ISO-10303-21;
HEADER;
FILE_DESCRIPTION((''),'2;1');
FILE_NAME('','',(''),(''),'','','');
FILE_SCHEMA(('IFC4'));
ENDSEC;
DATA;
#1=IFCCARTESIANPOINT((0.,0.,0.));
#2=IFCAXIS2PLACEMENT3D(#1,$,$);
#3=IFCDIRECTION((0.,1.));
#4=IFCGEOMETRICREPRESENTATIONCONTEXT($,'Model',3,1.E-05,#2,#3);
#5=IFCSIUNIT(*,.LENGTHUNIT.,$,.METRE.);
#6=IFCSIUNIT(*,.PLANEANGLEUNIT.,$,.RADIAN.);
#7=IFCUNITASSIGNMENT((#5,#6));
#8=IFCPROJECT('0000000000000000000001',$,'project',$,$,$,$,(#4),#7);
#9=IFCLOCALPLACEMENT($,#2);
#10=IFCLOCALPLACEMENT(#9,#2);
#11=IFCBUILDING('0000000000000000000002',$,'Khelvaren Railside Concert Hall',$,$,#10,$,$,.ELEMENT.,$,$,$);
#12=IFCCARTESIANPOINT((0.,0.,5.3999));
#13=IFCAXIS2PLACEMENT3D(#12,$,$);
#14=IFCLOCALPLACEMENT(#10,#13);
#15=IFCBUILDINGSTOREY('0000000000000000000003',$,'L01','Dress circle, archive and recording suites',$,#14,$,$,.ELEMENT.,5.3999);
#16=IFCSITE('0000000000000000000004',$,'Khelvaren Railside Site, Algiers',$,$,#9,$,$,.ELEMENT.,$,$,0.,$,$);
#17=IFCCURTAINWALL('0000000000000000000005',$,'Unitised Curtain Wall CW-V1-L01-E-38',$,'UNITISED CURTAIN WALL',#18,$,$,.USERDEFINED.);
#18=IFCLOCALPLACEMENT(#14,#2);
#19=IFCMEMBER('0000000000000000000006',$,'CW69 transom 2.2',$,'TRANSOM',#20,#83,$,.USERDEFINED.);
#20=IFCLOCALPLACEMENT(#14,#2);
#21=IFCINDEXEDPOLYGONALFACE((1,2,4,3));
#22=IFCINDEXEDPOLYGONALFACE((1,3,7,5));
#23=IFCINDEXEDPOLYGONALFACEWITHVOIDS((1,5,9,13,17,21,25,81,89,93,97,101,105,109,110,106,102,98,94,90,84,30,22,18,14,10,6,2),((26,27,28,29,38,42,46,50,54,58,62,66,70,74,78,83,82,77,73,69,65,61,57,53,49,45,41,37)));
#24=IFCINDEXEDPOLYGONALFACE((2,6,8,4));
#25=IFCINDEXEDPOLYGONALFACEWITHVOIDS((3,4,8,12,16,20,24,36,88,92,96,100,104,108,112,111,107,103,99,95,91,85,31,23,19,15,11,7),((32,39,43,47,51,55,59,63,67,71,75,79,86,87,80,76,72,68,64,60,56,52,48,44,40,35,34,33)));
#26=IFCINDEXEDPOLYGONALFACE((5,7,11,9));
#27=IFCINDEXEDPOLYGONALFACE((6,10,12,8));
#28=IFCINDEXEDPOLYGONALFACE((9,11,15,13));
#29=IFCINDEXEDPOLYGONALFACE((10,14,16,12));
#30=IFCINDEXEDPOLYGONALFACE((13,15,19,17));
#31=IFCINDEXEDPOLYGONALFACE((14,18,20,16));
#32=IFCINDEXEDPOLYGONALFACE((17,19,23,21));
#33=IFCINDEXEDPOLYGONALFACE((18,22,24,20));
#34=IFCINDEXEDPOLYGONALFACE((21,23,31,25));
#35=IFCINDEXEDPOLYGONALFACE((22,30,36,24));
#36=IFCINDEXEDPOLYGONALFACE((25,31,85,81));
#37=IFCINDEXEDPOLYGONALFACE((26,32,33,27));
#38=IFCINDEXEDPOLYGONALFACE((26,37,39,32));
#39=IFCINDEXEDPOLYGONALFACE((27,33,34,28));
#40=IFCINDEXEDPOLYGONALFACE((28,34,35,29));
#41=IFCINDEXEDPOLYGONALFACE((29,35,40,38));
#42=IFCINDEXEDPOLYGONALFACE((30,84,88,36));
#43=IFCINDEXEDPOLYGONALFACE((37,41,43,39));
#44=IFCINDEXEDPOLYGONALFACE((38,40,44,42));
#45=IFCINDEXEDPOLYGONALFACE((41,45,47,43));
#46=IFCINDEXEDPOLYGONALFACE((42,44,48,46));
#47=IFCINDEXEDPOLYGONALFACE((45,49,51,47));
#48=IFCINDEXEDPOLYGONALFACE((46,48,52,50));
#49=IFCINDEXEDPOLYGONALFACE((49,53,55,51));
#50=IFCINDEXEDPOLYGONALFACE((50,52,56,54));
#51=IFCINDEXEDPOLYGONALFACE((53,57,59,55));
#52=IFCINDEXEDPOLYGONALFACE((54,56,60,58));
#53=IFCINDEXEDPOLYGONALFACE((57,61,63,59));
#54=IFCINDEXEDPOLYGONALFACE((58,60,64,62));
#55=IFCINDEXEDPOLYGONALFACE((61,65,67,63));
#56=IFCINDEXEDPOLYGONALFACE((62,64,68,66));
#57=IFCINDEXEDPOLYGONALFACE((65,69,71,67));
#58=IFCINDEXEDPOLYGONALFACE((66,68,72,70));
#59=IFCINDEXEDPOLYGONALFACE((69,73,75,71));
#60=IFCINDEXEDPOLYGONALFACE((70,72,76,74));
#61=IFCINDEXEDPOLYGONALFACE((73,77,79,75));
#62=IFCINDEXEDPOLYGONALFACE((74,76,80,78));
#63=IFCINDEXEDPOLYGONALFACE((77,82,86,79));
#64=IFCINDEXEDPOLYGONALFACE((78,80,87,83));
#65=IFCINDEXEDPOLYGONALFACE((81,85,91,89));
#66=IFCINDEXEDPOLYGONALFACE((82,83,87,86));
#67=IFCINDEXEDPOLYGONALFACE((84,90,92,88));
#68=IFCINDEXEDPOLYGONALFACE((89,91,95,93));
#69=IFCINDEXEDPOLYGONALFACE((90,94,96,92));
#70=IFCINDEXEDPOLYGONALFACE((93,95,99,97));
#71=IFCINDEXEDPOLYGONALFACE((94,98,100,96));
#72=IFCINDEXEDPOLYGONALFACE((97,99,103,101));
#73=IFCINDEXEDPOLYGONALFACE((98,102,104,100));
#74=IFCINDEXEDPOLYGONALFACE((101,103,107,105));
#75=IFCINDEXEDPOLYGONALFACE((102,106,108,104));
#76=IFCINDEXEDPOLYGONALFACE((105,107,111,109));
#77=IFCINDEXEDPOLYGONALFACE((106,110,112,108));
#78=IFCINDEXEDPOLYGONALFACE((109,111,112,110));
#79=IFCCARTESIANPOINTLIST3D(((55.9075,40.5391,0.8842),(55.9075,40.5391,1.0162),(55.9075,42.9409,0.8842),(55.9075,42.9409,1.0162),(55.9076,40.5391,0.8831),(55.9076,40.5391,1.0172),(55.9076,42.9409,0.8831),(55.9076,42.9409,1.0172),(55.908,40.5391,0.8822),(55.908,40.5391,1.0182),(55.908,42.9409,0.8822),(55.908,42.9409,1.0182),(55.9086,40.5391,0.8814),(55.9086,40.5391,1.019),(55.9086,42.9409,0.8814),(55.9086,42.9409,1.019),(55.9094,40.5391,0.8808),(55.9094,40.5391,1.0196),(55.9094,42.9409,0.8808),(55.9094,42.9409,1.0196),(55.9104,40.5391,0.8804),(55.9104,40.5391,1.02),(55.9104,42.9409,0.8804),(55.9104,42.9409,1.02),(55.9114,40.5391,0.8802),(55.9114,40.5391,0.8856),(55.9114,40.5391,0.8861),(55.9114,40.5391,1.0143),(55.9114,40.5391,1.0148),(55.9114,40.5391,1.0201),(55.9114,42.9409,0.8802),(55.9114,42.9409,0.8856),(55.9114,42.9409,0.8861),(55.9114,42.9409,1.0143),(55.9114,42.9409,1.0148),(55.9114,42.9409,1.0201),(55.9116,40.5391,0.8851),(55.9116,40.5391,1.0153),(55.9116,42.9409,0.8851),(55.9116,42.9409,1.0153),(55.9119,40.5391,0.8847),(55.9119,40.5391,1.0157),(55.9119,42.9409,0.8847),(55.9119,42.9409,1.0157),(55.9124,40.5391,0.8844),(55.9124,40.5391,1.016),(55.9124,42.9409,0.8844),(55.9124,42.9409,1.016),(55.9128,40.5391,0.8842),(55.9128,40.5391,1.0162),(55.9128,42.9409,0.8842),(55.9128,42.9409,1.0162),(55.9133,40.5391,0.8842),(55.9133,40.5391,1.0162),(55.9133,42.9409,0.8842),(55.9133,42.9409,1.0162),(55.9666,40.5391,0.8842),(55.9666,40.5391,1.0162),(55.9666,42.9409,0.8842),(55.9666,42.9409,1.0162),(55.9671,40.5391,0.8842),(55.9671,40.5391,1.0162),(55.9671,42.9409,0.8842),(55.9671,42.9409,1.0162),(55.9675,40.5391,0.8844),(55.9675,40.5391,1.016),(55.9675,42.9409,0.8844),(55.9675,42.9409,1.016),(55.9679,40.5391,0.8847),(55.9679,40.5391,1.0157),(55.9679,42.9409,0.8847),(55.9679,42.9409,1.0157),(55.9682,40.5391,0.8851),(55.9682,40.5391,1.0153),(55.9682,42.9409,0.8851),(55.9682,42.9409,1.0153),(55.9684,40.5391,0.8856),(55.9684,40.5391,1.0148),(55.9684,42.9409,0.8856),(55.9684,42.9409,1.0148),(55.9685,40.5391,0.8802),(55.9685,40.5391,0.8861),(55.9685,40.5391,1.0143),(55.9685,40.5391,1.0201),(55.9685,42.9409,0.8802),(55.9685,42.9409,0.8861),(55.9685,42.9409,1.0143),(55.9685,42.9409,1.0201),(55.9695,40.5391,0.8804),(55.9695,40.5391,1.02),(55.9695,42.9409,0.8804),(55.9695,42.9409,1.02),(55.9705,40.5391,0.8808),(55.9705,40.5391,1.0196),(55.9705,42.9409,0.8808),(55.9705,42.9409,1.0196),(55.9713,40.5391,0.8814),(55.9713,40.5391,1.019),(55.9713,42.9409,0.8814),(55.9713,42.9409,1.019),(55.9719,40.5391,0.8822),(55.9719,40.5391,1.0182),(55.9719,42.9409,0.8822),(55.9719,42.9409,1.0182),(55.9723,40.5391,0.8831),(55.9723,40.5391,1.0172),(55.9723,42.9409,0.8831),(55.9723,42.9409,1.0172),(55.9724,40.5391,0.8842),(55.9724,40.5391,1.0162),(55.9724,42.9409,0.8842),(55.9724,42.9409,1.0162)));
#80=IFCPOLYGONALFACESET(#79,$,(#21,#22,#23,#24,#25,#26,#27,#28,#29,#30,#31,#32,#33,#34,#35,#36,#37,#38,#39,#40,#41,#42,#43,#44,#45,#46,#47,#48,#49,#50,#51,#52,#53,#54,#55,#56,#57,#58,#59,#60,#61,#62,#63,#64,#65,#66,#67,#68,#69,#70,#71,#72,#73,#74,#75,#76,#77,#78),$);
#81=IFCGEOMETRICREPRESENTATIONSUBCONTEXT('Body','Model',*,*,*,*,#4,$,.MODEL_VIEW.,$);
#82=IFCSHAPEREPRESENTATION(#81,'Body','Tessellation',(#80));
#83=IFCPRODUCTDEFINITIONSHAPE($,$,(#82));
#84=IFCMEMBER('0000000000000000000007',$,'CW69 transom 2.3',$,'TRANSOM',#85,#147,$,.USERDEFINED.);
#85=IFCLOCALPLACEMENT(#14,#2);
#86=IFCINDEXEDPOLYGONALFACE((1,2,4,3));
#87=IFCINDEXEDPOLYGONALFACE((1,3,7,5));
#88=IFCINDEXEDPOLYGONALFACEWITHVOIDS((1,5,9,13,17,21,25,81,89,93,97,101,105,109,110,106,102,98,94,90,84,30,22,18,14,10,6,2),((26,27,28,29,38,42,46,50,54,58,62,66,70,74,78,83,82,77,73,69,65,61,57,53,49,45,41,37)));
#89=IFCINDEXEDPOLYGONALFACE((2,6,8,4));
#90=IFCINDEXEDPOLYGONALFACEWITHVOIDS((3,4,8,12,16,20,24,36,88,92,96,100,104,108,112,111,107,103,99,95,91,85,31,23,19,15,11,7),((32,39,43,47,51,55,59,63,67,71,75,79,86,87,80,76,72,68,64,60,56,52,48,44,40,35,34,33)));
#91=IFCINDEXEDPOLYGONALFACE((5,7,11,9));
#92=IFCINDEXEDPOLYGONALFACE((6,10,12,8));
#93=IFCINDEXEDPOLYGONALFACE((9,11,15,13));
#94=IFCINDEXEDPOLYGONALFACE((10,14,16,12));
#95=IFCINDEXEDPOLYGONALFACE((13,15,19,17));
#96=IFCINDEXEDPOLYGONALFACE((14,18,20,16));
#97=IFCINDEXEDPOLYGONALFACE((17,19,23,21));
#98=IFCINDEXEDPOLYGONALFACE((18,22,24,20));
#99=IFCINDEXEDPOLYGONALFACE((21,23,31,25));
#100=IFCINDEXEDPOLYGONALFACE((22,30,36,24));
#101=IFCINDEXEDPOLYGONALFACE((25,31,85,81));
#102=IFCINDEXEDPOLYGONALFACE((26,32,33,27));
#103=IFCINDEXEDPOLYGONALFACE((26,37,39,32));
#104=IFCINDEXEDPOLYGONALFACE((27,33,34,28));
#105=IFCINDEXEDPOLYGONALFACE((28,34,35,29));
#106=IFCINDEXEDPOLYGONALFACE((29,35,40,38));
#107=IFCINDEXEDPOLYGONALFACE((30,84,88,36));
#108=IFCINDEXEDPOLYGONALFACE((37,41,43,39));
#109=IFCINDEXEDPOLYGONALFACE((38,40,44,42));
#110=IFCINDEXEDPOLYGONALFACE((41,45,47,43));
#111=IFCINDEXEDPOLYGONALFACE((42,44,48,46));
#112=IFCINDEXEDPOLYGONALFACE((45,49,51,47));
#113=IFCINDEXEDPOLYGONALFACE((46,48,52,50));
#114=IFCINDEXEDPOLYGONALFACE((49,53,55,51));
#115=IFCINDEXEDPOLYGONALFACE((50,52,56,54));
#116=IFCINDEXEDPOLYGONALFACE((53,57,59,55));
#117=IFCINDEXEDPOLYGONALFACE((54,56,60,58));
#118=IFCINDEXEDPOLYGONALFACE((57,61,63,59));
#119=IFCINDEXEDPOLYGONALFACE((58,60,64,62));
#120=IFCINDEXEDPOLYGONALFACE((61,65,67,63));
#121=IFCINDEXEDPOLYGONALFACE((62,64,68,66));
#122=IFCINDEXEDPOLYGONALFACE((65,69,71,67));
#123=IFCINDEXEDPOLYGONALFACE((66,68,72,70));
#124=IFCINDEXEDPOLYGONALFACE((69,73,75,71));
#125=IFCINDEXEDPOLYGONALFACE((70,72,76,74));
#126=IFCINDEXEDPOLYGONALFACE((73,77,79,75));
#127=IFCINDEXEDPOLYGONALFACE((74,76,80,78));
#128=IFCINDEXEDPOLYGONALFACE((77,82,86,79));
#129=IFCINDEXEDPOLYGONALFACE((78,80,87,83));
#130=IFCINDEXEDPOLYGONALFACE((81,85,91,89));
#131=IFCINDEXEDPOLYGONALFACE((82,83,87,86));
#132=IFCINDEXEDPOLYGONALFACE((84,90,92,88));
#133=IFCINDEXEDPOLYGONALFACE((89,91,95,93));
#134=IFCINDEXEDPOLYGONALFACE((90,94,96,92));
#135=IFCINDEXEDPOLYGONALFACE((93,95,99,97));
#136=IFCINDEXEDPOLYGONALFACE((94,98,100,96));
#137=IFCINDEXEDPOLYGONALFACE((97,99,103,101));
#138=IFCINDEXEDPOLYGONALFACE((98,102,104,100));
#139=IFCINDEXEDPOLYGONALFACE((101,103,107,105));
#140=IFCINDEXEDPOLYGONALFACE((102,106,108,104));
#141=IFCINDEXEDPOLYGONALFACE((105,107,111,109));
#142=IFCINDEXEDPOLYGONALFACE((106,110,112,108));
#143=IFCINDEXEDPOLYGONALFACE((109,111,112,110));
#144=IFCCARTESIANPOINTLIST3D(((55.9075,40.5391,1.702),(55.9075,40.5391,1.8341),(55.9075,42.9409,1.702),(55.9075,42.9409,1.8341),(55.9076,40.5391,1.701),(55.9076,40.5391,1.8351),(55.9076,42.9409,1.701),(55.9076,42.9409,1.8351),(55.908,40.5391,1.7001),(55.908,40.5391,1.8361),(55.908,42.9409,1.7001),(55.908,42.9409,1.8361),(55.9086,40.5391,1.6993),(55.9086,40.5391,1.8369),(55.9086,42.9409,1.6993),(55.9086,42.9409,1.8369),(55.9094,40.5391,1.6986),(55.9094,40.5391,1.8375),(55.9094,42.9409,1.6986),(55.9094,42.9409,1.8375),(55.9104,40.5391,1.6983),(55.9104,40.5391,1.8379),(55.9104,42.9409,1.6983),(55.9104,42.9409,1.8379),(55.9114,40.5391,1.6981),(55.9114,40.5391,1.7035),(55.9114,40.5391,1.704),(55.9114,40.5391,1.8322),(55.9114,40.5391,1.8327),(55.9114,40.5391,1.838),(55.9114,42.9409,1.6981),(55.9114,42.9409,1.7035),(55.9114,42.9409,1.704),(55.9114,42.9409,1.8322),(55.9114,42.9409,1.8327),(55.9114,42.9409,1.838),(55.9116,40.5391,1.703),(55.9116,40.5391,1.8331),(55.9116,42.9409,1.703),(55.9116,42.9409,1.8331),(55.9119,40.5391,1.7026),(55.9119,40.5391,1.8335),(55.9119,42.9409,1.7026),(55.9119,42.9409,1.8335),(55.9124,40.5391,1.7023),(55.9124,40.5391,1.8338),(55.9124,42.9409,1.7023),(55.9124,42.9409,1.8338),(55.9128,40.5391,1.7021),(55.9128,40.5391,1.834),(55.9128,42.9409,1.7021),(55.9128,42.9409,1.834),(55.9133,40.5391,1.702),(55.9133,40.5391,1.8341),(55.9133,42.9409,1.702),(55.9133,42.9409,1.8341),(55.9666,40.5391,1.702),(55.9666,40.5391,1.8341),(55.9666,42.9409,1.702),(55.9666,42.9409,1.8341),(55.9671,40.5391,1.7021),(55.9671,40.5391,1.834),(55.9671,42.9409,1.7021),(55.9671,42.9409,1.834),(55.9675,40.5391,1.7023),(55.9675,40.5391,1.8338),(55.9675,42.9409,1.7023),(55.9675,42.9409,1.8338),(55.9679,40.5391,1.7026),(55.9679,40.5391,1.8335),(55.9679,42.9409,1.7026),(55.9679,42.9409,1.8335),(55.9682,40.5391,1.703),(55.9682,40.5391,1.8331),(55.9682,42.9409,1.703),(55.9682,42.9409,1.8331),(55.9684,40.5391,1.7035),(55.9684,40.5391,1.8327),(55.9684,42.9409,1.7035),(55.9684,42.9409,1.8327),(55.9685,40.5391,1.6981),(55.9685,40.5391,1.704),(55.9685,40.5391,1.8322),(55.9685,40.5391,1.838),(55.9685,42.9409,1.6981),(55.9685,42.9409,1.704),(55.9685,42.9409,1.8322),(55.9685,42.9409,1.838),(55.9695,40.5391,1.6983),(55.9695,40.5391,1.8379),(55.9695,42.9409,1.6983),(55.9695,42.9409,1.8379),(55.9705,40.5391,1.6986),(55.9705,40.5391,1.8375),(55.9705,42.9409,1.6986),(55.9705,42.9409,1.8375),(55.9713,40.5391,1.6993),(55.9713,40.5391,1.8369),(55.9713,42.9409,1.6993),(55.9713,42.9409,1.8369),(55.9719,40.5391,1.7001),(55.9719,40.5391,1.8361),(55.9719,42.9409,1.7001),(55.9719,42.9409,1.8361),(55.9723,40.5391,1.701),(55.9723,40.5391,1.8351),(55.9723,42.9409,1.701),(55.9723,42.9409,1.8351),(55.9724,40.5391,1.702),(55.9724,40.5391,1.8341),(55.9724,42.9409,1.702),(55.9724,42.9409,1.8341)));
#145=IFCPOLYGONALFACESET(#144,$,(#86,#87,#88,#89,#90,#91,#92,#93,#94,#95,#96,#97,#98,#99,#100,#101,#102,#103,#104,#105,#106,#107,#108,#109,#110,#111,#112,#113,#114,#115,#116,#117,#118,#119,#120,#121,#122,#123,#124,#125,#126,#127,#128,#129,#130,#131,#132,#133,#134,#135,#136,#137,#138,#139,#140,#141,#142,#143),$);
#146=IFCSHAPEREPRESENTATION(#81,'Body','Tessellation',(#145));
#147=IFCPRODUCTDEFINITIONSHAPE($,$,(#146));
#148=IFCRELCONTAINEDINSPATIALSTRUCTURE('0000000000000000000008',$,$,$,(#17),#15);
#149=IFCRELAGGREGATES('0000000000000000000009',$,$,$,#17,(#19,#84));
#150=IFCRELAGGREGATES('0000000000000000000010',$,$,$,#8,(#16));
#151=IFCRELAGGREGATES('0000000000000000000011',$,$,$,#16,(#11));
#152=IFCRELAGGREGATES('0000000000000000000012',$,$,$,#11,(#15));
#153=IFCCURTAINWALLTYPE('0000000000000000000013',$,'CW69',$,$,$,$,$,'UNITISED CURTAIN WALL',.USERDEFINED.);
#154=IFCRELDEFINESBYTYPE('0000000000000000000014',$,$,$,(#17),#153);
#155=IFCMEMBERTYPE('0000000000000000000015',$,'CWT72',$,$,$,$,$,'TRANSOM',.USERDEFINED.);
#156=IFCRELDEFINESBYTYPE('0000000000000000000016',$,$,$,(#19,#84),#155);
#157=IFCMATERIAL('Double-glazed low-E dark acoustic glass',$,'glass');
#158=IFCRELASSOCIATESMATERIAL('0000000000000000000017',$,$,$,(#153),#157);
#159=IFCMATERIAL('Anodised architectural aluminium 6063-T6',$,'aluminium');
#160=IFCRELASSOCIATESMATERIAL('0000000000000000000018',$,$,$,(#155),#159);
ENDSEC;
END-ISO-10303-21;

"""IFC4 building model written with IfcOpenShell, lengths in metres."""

from ifc_helpers import new_model, si_unit, direction, frame, origin, origin_2d, place, context, subcontext, project, spatial, hollow_rectangle, extrude, material, material_profile, profile_set, type_object, element, aggregate, save


model = new_model("IFC4")

# Units and contexts
model_context = context("Model", 3, precision=1e-05, world=origin(), true_north=direction((0.0, 1.0)))
body_context = subcontext(model_context, "Body", "Model", "MODEL_VIEW")
ifc_project = project(units=[si_unit("LENGTHUNIT", "METRE"), si_unit("PLANEANGLEUNIT", "RADIAN")], contexts=[model_context])

# Site, building, storey
site_placement = place(None, origin())
site = spatial("IfcSite", under=ifc_project, at=site_placement, Name="Khelvaren Railside Site, Algiers", CompositionType="ELEMENT", RefElevation=0.0)
building_placement = place(site_placement, origin())
building = spatial("IfcBuilding", under=site, at=building_placement, Name="Khelvaren Railside Concert Hall", CompositionType="ELEMENT")
storey_placement = place(building_placement, frame((0.0, 0.0, 5.3999)))
storey = spatial("IfcBuildingStorey", under=building, at=storey_placement, Name="L01", Description="Dress circle, archive and recording suites", CompositionType="ELEMENT", Elevation=5.3999)

# Curtain wall, members
ifc_material_1 = material(Name="Double-glazed low-E dark acoustic glass", Category="glass")
curtain_wall_type = type_object("IfcCurtainWallType", Name="CW69", ElementType="UNITISED CURTAIN WALL", PredefinedType="USERDEFINED", material=ifc_material_1)
curtain_wall_placement = place(storey_placement, origin())
curtain_wall = element("IfcCurtainWall", 1, at=curtain_wall_placement, inside=storey, type_object=curtain_wall_type, Name="Unitised Curtain Wall CW-V1-L01-E-38", ObjectType="UNITISED CURTAIN WALL", PredefinedType="USERDEFINED")
ifc_material_2 = material(Name="Anodised architectural aluminium 6063-T6", Category="aluminium")
ifc_material_profile_1 = material_profile(ifc_material_2, hollow_rectangle(XDim=0.0649, YDim=0.1399, WallThickness=0.0039, InnerFilletRadius=0.002, OuterFilletRadius=0.0039, at=origin_2d()), Name="CWT 65x140x4")
ifc_profile_set_1 = profile_set([ifc_material_profile_1], Name="Anodised architectural aluminium 6063-T6")
member_type_1 = type_object("IfcMemberType", Name="CWT72", ElementType="TRANSOM", PredefinedType="USERDEFINED", material=ifc_profile_set_1)
member_1_placement = place(storey_placement, frame((55.9399, 42.9409, 0.9502), z_axis=(0.0, -1.0, 0.0), x_axis=(1.0, 0.0, 0.0)))
member_1 = element("IfcMember", 2, at=member_1_placement, type_object=member_type_1, Name="CW69 transom 2.2", ObjectType="TRANSOM", PredefinedType="USERDEFINED", context=body_context, shape_type="SweptSolid", body=[
    extrude(hollow_rectangle(XDim=0.0649, YDim=0.1399, WallThickness=0.0039, InnerFilletRadius=0.002, OuterFilletRadius=0.0039, at=origin_2d()), origin(), (0.0, 0.0, 1.0), 2.4019),
])
member_2_placement = place(storey_placement, frame((55.9399, 42.9409, 1.7681), z_axis=(0.0, -1.0, 0.0), x_axis=(1.0, 0.0, 0.0)))
member_2 = element("IfcMember", 3, at=member_2_placement, type_object=member_type_1, Name="CW69 transom 2.3", ObjectType="TRANSOM", PredefinedType="USERDEFINED", context=body_context, shape_type="SweptSolid", body=[
    extrude(hollow_rectangle(XDim=0.0649, YDim=0.1399, WallThickness=0.0039, InnerFilletRadius=0.002, OuterFilletRadius=0.0039, at=origin_2d()), origin(), (0.0, 0.0, 1.0), 2.4019),
])

aggregate(curtain_wall, [member_1, member_2])

save(model, "model.ifc")
